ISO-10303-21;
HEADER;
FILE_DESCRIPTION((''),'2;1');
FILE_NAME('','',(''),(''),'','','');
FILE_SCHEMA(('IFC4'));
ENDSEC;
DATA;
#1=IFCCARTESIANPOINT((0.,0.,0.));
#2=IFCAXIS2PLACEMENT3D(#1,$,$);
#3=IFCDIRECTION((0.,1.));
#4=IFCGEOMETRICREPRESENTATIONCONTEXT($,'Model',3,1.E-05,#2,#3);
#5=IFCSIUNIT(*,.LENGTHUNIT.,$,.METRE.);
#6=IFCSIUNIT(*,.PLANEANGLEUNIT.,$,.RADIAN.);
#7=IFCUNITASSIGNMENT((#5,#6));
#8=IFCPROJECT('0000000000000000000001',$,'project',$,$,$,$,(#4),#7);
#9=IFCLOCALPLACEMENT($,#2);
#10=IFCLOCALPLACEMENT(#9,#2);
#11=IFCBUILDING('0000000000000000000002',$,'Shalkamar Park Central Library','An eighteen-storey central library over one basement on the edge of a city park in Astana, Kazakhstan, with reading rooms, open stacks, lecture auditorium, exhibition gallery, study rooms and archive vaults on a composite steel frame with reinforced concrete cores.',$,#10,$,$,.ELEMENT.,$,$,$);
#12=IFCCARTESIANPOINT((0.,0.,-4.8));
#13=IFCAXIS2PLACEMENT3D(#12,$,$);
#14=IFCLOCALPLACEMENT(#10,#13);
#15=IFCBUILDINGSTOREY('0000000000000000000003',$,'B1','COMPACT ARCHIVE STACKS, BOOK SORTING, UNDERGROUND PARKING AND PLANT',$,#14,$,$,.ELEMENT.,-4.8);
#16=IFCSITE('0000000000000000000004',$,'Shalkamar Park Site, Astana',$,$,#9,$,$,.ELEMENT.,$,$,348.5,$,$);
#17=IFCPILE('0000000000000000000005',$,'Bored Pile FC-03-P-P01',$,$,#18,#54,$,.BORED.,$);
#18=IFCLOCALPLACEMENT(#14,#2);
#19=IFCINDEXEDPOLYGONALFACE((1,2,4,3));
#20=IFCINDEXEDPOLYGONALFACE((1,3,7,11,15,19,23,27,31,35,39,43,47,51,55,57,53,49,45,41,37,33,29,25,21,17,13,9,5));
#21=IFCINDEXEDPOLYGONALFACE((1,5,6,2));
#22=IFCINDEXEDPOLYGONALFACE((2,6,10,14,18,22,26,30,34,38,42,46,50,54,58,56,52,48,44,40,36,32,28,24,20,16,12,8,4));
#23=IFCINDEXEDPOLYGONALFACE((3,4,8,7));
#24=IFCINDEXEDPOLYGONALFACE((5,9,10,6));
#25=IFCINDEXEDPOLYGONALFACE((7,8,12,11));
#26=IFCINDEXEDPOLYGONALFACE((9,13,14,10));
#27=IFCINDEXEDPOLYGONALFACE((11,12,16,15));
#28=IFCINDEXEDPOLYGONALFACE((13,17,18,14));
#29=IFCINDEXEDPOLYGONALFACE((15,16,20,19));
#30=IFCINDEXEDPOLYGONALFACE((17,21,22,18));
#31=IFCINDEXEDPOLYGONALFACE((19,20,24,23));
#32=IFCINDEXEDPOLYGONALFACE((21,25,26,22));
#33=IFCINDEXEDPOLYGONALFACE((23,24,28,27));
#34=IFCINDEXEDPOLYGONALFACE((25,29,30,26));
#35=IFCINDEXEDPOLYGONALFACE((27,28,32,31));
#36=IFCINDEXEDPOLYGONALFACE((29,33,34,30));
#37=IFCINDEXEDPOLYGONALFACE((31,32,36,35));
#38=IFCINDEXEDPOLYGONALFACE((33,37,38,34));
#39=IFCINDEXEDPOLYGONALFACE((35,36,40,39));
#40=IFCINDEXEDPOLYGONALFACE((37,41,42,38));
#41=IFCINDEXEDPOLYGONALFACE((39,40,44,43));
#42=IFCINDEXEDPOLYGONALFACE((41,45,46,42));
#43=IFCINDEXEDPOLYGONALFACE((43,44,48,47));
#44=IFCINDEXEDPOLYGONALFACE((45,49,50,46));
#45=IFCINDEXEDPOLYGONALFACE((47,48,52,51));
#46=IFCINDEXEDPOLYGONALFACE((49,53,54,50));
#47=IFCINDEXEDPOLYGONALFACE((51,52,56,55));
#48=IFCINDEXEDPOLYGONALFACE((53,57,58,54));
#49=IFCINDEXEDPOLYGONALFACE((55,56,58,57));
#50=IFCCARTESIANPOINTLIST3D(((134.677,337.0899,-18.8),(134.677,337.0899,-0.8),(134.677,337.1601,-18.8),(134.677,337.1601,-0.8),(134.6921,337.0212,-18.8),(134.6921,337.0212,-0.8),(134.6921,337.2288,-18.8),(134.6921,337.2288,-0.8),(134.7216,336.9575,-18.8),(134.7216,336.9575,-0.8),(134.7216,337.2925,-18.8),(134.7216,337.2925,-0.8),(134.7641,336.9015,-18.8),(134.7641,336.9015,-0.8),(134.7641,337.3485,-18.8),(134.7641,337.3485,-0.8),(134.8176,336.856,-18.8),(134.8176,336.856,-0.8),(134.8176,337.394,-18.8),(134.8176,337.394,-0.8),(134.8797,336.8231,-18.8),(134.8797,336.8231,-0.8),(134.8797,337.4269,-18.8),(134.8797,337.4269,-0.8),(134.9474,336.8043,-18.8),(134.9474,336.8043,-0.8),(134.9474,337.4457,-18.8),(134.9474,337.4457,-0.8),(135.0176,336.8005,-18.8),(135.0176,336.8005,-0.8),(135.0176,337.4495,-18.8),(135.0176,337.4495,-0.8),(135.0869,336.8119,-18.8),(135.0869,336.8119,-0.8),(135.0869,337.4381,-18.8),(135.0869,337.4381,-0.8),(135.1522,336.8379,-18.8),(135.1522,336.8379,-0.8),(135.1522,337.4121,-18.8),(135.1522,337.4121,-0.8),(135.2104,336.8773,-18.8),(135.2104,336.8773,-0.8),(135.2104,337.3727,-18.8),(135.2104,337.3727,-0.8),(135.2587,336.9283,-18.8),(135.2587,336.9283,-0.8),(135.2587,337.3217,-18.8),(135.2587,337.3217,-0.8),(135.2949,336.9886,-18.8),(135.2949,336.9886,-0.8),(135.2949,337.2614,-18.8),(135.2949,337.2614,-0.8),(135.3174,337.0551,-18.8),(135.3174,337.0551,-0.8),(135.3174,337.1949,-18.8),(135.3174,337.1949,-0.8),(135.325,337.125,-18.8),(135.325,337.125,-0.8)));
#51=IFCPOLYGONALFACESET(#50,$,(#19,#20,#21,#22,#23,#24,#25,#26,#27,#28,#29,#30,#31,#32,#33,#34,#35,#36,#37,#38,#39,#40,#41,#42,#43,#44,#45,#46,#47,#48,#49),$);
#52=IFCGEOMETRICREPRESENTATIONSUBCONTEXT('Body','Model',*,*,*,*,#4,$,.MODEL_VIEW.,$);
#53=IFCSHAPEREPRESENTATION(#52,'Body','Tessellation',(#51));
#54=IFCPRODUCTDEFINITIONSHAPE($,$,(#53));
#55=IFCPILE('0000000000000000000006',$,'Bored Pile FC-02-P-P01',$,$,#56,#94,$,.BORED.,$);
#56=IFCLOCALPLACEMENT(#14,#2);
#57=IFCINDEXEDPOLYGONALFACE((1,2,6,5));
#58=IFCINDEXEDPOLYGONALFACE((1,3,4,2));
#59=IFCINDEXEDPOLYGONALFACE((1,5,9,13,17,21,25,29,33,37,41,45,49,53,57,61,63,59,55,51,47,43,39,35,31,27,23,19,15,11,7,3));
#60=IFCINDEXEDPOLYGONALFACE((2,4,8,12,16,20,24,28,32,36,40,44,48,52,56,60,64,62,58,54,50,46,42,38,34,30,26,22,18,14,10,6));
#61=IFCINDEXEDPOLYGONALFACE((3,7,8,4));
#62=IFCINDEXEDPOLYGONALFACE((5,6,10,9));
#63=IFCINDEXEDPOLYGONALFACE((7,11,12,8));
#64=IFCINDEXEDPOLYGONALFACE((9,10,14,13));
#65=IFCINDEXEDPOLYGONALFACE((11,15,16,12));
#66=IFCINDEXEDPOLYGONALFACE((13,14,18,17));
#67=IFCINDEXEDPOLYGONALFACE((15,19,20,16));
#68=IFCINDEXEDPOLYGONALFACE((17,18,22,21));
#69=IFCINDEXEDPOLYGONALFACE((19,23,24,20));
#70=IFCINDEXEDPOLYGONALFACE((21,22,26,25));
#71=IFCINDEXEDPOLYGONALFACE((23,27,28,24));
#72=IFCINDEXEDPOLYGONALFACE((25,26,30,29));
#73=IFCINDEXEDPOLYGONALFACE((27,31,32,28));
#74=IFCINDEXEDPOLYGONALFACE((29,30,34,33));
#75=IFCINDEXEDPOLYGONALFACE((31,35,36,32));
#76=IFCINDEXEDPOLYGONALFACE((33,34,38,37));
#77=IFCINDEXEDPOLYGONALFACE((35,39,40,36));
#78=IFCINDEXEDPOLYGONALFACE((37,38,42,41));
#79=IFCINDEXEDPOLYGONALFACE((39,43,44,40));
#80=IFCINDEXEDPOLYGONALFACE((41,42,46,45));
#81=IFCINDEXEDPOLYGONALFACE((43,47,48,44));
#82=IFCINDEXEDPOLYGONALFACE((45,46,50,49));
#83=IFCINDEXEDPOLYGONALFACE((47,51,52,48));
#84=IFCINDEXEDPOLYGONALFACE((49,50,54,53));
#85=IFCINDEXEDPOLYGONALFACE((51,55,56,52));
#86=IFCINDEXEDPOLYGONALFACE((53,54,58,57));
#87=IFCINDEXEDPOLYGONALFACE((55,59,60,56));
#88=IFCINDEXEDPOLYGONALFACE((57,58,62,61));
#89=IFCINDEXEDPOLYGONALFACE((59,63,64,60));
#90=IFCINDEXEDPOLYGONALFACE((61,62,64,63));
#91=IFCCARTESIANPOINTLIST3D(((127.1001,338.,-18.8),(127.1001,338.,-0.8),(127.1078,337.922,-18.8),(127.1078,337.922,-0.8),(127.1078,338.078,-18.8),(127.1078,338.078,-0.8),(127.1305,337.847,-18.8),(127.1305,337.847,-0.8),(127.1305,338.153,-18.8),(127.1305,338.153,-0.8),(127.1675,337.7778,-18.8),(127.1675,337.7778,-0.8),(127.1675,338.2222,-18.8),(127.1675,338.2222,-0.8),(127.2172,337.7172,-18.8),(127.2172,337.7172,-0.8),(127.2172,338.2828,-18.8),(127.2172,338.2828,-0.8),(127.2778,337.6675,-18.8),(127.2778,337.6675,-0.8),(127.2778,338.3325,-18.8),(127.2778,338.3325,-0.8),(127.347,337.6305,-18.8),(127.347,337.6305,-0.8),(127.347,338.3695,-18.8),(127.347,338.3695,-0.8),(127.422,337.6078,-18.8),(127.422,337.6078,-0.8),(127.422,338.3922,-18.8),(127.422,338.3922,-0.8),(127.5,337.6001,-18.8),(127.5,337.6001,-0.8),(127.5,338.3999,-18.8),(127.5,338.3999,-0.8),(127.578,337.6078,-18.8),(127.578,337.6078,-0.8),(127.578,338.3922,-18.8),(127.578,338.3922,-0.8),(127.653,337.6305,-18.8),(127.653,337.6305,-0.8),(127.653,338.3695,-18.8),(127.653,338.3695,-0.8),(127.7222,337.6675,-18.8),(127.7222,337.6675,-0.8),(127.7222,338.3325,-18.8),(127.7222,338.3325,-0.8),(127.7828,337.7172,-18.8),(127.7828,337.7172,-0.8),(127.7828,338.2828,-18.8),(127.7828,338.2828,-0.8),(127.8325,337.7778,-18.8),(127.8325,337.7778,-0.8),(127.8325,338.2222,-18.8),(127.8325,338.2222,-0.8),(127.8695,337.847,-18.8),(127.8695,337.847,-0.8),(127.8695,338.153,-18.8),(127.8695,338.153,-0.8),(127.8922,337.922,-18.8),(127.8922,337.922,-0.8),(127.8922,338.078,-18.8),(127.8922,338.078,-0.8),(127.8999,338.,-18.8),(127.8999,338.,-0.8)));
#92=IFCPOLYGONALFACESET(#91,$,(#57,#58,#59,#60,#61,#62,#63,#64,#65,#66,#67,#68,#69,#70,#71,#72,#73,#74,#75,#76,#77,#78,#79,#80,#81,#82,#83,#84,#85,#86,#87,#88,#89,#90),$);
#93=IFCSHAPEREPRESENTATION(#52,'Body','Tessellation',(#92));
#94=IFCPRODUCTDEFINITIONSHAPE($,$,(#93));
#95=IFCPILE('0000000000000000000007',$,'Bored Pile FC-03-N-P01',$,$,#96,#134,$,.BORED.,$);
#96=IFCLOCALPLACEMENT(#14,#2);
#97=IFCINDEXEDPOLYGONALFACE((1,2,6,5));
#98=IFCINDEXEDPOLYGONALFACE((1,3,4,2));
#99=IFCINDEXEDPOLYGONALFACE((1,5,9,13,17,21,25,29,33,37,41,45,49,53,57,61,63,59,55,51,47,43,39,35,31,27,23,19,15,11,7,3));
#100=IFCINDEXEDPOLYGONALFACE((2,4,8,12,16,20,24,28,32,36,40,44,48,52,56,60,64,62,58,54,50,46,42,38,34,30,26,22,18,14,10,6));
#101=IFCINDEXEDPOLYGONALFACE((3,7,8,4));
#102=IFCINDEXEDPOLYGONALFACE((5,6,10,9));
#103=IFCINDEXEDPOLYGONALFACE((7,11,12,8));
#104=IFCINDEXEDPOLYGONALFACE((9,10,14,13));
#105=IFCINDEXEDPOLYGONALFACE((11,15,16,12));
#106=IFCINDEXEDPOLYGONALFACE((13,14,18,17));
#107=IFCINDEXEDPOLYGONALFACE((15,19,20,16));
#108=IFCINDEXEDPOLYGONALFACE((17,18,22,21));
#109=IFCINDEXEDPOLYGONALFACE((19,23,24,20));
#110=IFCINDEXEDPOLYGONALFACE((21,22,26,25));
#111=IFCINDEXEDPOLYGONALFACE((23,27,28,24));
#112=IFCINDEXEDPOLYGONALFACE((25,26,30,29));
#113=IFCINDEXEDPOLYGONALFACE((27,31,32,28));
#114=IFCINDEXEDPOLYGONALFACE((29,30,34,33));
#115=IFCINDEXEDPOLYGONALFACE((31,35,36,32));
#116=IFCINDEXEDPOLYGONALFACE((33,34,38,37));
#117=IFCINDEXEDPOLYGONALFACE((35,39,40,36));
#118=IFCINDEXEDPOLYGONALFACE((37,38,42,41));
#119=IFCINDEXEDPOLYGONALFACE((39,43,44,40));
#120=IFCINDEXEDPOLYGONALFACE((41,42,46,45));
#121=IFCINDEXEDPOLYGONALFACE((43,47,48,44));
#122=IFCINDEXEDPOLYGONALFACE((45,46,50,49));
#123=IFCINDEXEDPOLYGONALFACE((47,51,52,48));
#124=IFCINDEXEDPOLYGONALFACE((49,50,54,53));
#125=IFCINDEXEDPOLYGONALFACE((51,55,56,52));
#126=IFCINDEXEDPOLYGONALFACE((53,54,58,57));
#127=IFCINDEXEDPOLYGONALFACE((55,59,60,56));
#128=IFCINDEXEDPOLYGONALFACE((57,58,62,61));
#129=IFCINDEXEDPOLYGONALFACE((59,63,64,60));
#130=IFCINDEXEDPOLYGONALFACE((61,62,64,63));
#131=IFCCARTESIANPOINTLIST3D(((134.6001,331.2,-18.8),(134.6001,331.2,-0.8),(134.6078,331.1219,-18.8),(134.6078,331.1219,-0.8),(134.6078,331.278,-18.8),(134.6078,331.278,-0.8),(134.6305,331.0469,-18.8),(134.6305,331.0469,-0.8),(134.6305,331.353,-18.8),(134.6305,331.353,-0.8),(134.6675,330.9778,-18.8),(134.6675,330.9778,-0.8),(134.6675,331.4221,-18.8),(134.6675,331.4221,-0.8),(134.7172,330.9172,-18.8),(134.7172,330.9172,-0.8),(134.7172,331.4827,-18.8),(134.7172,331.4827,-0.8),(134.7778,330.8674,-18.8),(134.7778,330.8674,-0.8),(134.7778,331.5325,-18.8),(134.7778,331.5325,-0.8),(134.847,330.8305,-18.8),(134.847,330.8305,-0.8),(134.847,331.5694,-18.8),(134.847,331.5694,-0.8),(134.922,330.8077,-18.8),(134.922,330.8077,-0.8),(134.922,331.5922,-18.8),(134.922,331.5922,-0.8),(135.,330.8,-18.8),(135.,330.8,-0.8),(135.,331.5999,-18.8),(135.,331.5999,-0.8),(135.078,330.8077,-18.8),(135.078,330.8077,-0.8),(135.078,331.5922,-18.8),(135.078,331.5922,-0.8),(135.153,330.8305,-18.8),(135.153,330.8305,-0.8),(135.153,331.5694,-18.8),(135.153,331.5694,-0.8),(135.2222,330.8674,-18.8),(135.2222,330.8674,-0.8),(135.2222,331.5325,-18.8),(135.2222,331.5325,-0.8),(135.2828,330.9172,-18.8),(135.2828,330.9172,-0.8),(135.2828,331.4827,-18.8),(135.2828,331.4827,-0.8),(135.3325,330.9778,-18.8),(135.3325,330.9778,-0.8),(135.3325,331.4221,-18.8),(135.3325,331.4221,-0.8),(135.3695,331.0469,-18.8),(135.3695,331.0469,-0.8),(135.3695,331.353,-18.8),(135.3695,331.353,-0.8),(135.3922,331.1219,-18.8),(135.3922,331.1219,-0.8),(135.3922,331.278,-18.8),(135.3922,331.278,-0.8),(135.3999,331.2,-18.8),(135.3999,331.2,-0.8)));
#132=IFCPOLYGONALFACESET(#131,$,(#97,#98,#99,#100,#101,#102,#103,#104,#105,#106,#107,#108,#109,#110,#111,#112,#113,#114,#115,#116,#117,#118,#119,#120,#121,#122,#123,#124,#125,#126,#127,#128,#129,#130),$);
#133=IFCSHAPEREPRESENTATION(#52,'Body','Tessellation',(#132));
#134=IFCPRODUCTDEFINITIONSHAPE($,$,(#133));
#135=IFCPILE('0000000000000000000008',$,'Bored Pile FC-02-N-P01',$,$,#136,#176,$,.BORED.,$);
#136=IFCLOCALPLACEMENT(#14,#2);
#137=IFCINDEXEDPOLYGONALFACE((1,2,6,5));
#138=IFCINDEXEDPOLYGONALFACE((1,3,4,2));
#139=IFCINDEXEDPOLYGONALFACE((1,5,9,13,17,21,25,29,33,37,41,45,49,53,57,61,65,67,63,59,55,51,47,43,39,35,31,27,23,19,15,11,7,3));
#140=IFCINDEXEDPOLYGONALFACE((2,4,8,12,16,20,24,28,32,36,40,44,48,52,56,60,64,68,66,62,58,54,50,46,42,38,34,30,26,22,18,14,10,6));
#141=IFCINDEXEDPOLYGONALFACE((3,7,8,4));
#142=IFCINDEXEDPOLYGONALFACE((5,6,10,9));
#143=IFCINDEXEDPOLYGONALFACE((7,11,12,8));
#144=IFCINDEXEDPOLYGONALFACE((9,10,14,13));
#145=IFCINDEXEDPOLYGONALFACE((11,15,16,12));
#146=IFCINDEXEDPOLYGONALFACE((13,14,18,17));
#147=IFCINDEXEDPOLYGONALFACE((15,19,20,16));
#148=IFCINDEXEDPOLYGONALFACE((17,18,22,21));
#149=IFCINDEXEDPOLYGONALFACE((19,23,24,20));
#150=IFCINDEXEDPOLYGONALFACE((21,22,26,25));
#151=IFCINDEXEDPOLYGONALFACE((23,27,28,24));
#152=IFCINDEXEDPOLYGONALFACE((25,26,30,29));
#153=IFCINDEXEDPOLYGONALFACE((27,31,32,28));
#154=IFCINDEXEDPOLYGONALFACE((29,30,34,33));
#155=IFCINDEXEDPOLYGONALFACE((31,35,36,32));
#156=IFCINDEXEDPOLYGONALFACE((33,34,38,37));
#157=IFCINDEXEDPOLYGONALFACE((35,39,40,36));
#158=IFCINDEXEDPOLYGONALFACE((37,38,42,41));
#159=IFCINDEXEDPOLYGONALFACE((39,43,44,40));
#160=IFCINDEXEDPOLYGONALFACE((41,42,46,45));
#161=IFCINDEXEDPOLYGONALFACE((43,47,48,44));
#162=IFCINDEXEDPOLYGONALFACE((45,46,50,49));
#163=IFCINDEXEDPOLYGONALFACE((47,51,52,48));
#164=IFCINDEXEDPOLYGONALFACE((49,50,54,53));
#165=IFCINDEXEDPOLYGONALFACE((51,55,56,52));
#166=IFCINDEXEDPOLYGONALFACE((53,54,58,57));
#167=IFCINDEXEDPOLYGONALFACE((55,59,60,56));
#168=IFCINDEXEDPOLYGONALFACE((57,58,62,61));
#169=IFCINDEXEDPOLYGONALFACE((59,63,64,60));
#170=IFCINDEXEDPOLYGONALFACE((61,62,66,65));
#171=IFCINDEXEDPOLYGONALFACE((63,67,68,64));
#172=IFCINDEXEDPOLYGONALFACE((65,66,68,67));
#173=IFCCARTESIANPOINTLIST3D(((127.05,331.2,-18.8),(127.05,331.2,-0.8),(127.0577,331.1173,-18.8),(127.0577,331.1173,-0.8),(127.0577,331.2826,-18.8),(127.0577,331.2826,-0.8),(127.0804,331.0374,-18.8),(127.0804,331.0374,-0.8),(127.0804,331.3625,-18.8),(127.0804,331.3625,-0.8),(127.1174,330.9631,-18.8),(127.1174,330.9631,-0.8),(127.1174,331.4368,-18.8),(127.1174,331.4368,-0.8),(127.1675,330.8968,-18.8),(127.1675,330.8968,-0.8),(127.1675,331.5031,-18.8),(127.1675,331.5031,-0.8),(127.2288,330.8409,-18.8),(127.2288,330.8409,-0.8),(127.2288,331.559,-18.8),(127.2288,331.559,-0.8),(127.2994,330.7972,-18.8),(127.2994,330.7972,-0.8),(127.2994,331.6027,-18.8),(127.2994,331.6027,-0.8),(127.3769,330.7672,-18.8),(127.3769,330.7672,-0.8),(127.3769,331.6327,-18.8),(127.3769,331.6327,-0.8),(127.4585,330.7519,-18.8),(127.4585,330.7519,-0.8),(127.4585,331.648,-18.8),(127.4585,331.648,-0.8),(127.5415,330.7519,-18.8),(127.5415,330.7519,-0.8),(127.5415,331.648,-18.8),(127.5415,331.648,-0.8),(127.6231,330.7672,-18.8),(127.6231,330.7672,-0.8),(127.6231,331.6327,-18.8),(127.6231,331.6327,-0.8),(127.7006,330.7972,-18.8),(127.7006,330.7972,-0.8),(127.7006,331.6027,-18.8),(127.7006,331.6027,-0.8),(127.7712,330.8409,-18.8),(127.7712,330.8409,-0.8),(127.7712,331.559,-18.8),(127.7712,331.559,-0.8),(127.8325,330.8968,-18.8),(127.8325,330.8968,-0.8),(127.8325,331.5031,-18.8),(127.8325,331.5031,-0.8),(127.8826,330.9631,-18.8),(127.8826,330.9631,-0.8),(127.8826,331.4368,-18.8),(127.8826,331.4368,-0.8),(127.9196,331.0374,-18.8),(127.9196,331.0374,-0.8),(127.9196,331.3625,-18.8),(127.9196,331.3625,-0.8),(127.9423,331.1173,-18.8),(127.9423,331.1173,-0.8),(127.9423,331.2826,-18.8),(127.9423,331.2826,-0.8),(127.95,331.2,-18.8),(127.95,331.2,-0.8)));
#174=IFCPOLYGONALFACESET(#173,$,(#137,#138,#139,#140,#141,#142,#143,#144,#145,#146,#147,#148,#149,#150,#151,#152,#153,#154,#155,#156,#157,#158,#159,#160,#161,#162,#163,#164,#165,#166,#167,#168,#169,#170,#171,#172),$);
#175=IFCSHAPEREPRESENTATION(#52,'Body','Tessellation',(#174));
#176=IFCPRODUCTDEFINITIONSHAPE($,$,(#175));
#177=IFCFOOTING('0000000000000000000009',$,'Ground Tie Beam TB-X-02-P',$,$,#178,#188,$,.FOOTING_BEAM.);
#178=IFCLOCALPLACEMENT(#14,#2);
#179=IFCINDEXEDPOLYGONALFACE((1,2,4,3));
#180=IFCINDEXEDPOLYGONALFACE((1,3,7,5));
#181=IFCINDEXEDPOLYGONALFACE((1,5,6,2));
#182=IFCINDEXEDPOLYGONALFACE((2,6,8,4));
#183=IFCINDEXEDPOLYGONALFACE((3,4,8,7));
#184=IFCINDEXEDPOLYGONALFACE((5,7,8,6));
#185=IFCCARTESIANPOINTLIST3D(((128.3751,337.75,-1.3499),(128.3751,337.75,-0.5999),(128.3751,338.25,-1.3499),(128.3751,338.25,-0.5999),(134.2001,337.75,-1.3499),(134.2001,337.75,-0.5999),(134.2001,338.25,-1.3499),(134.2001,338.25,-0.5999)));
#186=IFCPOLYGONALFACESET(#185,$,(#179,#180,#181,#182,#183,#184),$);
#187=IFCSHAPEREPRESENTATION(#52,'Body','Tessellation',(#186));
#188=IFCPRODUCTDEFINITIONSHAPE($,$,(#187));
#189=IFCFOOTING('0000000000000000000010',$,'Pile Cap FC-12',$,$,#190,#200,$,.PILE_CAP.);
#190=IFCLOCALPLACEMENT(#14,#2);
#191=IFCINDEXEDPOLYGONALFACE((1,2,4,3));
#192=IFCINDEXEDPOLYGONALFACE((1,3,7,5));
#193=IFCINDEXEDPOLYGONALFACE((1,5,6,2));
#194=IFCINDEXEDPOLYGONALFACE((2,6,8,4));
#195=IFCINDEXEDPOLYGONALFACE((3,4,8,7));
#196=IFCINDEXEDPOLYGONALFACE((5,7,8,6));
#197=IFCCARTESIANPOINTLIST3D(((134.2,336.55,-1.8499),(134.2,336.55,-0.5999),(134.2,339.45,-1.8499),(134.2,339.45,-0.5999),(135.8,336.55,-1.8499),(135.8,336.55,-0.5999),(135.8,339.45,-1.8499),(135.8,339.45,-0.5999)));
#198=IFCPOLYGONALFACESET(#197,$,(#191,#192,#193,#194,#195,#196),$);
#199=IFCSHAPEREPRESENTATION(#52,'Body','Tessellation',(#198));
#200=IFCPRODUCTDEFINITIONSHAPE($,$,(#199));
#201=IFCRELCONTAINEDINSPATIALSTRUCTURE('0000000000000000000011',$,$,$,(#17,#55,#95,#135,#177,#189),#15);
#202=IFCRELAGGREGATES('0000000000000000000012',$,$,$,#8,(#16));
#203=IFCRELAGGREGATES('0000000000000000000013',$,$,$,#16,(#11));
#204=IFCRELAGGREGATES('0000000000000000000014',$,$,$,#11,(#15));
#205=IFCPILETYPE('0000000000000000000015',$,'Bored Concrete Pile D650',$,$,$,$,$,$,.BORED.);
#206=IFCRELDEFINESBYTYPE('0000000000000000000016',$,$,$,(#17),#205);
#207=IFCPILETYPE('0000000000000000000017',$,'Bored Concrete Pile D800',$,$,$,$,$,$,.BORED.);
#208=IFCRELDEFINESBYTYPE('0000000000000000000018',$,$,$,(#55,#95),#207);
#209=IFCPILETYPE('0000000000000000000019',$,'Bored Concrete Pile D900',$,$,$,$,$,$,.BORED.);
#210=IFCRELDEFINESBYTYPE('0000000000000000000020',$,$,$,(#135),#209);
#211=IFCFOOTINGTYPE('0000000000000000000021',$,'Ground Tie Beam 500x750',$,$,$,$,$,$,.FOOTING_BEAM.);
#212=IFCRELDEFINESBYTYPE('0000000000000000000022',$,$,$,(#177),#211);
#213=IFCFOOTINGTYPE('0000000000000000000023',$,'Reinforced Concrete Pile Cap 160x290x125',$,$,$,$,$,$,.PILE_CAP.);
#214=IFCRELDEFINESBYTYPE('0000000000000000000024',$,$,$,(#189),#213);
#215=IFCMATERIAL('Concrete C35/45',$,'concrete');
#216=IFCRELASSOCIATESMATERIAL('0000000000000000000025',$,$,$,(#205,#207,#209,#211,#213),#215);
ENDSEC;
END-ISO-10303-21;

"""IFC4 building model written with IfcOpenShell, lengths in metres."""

from ifc_helpers import new_model, si_unit, direction, frame, origin, origin_2d, place, context, subcontext, project, spatial, rectangle, circle, extrude, material, material_profile, profile_set, type_object, element, save


model = new_model("IFC4")

# Units and contexts
model_context = context("Model", 3, precision=1e-05, world=origin(), true_north=direction((0.0, 1.0)))
body_context = subcontext(model_context, "Body", "Model", "MODEL_VIEW")
ifc_project = project(units=[si_unit("LENGTHUNIT", "METRE"), si_unit("PLANEANGLEUNIT", "RADIAN")], contexts=[model_context])

# Site, building, storey
site_placement = place(None, origin())
site = spatial("IfcSite", under=ifc_project, at=site_placement, Name="Shalkamar Park Site, Astana", CompositionType="ELEMENT", RefElevation=348.5)
building_placement = place(site_placement, origin())
building = spatial("IfcBuilding", under=site, at=building_placement, Name="Shalkamar Park Central Library", Description="An eighteen-storey central library over one basement on the edge of a city park in Astana, Kazakhstan, with reading rooms, open stacks, lecture auditorium, exhibition gallery, study rooms and archive vaults on a composite steel frame with reinforced concrete cores.", CompositionType="ELEMENT")
storey_placement = place(building_placement, frame((0.0, 0.0, -4.8)))
storey = spatial("IfcBuildingStorey", under=building, at=storey_placement, Name="B1", Description="COMPACT ARCHIVE STACKS, BOOK SORTING, UNDERGROUND PARKING AND PLANT", CompositionType="ELEMENT", Elevation=-4.8)

# Piles
ifc_material_1 = material(Name="Concrete C35/45", Category="concrete")
ifc_material_profile_1 = material_profile(ifc_material_1, circle(Radius=0.325, at=origin_2d()), Name="PILE D650")
ifc_profile_set_1 = profile_set([ifc_material_profile_1], Name="Concrete C35/45")
pile_type_1 = type_object("IfcPileType", Name="Bored Concrete Pile D650", PredefinedType="BORED", material=ifc_profile_set_1)
pile_1_placement = place(storey_placement, frame((135.0, 337.125, -0.8), z_axis=(0.0, 0.0, -1.0), x_axis=(1.0, 0.0, 0.0)))
element("IfcPile", 1, at=pile_1_placement, inside=storey, type_object=pile_type_1, Name="Bored Pile FC-03-P-P01", PredefinedType="BORED", context=body_context, shape_type="SweptSolid", body=[
    extrude(circle(Radius=0.325, at=origin_2d()), origin(), (0.0, 0.0, 1.0), 18.0),
])
ifc_material_profile_2 = material_profile(ifc_material_1, circle(Radius=0.3999, at=origin_2d()), Name="PILE D800")
ifc_profile_set_2 = profile_set([ifc_material_profile_2], Name="Concrete C35/45")
pile_type_2 = type_object("IfcPileType", Name="Bored Concrete Pile D800", PredefinedType="BORED", material=ifc_profile_set_2)
for number, where, z_axis, x_axis, name in (
    (2, (127.5, 338.0, -0.8), (0.0, 0.0, -1.0), (1.0, 0.0, 0.0), "Bored Pile FC-02-P-P01"),
    (3, (135.0, 331.2, -0.8), (0.0, 0.0, -1.0), (1.0, 0.0, 0.0), "Bored Pile FC-03-N-P01"),
):
    element("IfcPile", number, at=place(storey_placement, frame(where, z_axis=z_axis, x_axis=x_axis)), inside=storey, type_object=pile_type_2, Name=name, PredefinedType="BORED", context=body_context, shape_type="SweptSolid", body=[
        extrude(circle(Radius=0.3999, at=origin_2d()), origin(), (0.0, 0.0, 1.0), 18.0),
    ])
ifc_material_profile_3 = material_profile(ifc_material_1, circle(Radius=0.45, at=origin_2d()), Name="PILE D900")
ifc_profile_set_3 = profile_set([ifc_material_profile_3], Name="Concrete C35/45")
pile_type_3 = type_object("IfcPileType", Name="Bored Concrete Pile D900", PredefinedType="BORED", material=ifc_profile_set_3)
pile_2_placement = place(storey_placement, frame((127.5, 331.2, -0.8), z_axis=(0.0, 0.0, -1.0), x_axis=(1.0, 0.0, 0.0)))
element("IfcPile", 4, at=pile_2_placement, inside=storey, type_object=pile_type_3, Name="Bored Pile FC-02-N-P01", PredefinedType="BORED", context=body_context, shape_type="SweptSolid", body=[
    extrude(circle(Radius=0.45, at=origin_2d()), origin(), (0.0, 0.0, 1.0), 18.0),
])

# Footings
footing_type_1 = type_object("IfcFootingType", Name="Ground Tie Beam 500x750", PredefinedType="FOOTING_BEAM", material=ifc_material_1)
footing_1_placement = place(storey_placement, frame((131.2876, 338.0, -1.3499), z_axis=(0.0, 0.0, 1.0), x_axis=(1.0, 0.0, 0.0)))
element("IfcFooting", 5, at=footing_1_placement, inside=storey, type_object=footing_type_1, Name="Ground Tie Beam TB-X-02-P", PredefinedType="FOOTING_BEAM", context=body_context, shape_type="SweptSolid", body=[
    extrude(rectangle(XDim=5.825, YDim=0.5, at=origin_2d()), origin(), (0.0, 0.0, 1.0), 0.75),
])
footing_type_2 = type_object("IfcFootingType", Name="Reinforced Concrete Pile Cap 160x290x125", PredefinedType="PILE_CAP", material=ifc_material_1)
footing_2_placement = place(storey_placement, frame((135.0, 338.0, -1.8499), z_axis=(0.0, 0.0, 1.0), x_axis=(1.0, 0.0, 0.0)))
element("IfcFooting", 6, at=footing_2_placement, inside=storey, type_object=footing_type_2, Name="Pile Cap FC-12", PredefinedType="PILE_CAP", context=body_context, shape_type="SweptSolid", body=[
    extrude(rectangle(XDim=1.6001, YDim=2.8999, at=origin_2d()), origin(), (0.0, 0.0, 1.0), 1.25),
])

save(model, "model.ifc")
